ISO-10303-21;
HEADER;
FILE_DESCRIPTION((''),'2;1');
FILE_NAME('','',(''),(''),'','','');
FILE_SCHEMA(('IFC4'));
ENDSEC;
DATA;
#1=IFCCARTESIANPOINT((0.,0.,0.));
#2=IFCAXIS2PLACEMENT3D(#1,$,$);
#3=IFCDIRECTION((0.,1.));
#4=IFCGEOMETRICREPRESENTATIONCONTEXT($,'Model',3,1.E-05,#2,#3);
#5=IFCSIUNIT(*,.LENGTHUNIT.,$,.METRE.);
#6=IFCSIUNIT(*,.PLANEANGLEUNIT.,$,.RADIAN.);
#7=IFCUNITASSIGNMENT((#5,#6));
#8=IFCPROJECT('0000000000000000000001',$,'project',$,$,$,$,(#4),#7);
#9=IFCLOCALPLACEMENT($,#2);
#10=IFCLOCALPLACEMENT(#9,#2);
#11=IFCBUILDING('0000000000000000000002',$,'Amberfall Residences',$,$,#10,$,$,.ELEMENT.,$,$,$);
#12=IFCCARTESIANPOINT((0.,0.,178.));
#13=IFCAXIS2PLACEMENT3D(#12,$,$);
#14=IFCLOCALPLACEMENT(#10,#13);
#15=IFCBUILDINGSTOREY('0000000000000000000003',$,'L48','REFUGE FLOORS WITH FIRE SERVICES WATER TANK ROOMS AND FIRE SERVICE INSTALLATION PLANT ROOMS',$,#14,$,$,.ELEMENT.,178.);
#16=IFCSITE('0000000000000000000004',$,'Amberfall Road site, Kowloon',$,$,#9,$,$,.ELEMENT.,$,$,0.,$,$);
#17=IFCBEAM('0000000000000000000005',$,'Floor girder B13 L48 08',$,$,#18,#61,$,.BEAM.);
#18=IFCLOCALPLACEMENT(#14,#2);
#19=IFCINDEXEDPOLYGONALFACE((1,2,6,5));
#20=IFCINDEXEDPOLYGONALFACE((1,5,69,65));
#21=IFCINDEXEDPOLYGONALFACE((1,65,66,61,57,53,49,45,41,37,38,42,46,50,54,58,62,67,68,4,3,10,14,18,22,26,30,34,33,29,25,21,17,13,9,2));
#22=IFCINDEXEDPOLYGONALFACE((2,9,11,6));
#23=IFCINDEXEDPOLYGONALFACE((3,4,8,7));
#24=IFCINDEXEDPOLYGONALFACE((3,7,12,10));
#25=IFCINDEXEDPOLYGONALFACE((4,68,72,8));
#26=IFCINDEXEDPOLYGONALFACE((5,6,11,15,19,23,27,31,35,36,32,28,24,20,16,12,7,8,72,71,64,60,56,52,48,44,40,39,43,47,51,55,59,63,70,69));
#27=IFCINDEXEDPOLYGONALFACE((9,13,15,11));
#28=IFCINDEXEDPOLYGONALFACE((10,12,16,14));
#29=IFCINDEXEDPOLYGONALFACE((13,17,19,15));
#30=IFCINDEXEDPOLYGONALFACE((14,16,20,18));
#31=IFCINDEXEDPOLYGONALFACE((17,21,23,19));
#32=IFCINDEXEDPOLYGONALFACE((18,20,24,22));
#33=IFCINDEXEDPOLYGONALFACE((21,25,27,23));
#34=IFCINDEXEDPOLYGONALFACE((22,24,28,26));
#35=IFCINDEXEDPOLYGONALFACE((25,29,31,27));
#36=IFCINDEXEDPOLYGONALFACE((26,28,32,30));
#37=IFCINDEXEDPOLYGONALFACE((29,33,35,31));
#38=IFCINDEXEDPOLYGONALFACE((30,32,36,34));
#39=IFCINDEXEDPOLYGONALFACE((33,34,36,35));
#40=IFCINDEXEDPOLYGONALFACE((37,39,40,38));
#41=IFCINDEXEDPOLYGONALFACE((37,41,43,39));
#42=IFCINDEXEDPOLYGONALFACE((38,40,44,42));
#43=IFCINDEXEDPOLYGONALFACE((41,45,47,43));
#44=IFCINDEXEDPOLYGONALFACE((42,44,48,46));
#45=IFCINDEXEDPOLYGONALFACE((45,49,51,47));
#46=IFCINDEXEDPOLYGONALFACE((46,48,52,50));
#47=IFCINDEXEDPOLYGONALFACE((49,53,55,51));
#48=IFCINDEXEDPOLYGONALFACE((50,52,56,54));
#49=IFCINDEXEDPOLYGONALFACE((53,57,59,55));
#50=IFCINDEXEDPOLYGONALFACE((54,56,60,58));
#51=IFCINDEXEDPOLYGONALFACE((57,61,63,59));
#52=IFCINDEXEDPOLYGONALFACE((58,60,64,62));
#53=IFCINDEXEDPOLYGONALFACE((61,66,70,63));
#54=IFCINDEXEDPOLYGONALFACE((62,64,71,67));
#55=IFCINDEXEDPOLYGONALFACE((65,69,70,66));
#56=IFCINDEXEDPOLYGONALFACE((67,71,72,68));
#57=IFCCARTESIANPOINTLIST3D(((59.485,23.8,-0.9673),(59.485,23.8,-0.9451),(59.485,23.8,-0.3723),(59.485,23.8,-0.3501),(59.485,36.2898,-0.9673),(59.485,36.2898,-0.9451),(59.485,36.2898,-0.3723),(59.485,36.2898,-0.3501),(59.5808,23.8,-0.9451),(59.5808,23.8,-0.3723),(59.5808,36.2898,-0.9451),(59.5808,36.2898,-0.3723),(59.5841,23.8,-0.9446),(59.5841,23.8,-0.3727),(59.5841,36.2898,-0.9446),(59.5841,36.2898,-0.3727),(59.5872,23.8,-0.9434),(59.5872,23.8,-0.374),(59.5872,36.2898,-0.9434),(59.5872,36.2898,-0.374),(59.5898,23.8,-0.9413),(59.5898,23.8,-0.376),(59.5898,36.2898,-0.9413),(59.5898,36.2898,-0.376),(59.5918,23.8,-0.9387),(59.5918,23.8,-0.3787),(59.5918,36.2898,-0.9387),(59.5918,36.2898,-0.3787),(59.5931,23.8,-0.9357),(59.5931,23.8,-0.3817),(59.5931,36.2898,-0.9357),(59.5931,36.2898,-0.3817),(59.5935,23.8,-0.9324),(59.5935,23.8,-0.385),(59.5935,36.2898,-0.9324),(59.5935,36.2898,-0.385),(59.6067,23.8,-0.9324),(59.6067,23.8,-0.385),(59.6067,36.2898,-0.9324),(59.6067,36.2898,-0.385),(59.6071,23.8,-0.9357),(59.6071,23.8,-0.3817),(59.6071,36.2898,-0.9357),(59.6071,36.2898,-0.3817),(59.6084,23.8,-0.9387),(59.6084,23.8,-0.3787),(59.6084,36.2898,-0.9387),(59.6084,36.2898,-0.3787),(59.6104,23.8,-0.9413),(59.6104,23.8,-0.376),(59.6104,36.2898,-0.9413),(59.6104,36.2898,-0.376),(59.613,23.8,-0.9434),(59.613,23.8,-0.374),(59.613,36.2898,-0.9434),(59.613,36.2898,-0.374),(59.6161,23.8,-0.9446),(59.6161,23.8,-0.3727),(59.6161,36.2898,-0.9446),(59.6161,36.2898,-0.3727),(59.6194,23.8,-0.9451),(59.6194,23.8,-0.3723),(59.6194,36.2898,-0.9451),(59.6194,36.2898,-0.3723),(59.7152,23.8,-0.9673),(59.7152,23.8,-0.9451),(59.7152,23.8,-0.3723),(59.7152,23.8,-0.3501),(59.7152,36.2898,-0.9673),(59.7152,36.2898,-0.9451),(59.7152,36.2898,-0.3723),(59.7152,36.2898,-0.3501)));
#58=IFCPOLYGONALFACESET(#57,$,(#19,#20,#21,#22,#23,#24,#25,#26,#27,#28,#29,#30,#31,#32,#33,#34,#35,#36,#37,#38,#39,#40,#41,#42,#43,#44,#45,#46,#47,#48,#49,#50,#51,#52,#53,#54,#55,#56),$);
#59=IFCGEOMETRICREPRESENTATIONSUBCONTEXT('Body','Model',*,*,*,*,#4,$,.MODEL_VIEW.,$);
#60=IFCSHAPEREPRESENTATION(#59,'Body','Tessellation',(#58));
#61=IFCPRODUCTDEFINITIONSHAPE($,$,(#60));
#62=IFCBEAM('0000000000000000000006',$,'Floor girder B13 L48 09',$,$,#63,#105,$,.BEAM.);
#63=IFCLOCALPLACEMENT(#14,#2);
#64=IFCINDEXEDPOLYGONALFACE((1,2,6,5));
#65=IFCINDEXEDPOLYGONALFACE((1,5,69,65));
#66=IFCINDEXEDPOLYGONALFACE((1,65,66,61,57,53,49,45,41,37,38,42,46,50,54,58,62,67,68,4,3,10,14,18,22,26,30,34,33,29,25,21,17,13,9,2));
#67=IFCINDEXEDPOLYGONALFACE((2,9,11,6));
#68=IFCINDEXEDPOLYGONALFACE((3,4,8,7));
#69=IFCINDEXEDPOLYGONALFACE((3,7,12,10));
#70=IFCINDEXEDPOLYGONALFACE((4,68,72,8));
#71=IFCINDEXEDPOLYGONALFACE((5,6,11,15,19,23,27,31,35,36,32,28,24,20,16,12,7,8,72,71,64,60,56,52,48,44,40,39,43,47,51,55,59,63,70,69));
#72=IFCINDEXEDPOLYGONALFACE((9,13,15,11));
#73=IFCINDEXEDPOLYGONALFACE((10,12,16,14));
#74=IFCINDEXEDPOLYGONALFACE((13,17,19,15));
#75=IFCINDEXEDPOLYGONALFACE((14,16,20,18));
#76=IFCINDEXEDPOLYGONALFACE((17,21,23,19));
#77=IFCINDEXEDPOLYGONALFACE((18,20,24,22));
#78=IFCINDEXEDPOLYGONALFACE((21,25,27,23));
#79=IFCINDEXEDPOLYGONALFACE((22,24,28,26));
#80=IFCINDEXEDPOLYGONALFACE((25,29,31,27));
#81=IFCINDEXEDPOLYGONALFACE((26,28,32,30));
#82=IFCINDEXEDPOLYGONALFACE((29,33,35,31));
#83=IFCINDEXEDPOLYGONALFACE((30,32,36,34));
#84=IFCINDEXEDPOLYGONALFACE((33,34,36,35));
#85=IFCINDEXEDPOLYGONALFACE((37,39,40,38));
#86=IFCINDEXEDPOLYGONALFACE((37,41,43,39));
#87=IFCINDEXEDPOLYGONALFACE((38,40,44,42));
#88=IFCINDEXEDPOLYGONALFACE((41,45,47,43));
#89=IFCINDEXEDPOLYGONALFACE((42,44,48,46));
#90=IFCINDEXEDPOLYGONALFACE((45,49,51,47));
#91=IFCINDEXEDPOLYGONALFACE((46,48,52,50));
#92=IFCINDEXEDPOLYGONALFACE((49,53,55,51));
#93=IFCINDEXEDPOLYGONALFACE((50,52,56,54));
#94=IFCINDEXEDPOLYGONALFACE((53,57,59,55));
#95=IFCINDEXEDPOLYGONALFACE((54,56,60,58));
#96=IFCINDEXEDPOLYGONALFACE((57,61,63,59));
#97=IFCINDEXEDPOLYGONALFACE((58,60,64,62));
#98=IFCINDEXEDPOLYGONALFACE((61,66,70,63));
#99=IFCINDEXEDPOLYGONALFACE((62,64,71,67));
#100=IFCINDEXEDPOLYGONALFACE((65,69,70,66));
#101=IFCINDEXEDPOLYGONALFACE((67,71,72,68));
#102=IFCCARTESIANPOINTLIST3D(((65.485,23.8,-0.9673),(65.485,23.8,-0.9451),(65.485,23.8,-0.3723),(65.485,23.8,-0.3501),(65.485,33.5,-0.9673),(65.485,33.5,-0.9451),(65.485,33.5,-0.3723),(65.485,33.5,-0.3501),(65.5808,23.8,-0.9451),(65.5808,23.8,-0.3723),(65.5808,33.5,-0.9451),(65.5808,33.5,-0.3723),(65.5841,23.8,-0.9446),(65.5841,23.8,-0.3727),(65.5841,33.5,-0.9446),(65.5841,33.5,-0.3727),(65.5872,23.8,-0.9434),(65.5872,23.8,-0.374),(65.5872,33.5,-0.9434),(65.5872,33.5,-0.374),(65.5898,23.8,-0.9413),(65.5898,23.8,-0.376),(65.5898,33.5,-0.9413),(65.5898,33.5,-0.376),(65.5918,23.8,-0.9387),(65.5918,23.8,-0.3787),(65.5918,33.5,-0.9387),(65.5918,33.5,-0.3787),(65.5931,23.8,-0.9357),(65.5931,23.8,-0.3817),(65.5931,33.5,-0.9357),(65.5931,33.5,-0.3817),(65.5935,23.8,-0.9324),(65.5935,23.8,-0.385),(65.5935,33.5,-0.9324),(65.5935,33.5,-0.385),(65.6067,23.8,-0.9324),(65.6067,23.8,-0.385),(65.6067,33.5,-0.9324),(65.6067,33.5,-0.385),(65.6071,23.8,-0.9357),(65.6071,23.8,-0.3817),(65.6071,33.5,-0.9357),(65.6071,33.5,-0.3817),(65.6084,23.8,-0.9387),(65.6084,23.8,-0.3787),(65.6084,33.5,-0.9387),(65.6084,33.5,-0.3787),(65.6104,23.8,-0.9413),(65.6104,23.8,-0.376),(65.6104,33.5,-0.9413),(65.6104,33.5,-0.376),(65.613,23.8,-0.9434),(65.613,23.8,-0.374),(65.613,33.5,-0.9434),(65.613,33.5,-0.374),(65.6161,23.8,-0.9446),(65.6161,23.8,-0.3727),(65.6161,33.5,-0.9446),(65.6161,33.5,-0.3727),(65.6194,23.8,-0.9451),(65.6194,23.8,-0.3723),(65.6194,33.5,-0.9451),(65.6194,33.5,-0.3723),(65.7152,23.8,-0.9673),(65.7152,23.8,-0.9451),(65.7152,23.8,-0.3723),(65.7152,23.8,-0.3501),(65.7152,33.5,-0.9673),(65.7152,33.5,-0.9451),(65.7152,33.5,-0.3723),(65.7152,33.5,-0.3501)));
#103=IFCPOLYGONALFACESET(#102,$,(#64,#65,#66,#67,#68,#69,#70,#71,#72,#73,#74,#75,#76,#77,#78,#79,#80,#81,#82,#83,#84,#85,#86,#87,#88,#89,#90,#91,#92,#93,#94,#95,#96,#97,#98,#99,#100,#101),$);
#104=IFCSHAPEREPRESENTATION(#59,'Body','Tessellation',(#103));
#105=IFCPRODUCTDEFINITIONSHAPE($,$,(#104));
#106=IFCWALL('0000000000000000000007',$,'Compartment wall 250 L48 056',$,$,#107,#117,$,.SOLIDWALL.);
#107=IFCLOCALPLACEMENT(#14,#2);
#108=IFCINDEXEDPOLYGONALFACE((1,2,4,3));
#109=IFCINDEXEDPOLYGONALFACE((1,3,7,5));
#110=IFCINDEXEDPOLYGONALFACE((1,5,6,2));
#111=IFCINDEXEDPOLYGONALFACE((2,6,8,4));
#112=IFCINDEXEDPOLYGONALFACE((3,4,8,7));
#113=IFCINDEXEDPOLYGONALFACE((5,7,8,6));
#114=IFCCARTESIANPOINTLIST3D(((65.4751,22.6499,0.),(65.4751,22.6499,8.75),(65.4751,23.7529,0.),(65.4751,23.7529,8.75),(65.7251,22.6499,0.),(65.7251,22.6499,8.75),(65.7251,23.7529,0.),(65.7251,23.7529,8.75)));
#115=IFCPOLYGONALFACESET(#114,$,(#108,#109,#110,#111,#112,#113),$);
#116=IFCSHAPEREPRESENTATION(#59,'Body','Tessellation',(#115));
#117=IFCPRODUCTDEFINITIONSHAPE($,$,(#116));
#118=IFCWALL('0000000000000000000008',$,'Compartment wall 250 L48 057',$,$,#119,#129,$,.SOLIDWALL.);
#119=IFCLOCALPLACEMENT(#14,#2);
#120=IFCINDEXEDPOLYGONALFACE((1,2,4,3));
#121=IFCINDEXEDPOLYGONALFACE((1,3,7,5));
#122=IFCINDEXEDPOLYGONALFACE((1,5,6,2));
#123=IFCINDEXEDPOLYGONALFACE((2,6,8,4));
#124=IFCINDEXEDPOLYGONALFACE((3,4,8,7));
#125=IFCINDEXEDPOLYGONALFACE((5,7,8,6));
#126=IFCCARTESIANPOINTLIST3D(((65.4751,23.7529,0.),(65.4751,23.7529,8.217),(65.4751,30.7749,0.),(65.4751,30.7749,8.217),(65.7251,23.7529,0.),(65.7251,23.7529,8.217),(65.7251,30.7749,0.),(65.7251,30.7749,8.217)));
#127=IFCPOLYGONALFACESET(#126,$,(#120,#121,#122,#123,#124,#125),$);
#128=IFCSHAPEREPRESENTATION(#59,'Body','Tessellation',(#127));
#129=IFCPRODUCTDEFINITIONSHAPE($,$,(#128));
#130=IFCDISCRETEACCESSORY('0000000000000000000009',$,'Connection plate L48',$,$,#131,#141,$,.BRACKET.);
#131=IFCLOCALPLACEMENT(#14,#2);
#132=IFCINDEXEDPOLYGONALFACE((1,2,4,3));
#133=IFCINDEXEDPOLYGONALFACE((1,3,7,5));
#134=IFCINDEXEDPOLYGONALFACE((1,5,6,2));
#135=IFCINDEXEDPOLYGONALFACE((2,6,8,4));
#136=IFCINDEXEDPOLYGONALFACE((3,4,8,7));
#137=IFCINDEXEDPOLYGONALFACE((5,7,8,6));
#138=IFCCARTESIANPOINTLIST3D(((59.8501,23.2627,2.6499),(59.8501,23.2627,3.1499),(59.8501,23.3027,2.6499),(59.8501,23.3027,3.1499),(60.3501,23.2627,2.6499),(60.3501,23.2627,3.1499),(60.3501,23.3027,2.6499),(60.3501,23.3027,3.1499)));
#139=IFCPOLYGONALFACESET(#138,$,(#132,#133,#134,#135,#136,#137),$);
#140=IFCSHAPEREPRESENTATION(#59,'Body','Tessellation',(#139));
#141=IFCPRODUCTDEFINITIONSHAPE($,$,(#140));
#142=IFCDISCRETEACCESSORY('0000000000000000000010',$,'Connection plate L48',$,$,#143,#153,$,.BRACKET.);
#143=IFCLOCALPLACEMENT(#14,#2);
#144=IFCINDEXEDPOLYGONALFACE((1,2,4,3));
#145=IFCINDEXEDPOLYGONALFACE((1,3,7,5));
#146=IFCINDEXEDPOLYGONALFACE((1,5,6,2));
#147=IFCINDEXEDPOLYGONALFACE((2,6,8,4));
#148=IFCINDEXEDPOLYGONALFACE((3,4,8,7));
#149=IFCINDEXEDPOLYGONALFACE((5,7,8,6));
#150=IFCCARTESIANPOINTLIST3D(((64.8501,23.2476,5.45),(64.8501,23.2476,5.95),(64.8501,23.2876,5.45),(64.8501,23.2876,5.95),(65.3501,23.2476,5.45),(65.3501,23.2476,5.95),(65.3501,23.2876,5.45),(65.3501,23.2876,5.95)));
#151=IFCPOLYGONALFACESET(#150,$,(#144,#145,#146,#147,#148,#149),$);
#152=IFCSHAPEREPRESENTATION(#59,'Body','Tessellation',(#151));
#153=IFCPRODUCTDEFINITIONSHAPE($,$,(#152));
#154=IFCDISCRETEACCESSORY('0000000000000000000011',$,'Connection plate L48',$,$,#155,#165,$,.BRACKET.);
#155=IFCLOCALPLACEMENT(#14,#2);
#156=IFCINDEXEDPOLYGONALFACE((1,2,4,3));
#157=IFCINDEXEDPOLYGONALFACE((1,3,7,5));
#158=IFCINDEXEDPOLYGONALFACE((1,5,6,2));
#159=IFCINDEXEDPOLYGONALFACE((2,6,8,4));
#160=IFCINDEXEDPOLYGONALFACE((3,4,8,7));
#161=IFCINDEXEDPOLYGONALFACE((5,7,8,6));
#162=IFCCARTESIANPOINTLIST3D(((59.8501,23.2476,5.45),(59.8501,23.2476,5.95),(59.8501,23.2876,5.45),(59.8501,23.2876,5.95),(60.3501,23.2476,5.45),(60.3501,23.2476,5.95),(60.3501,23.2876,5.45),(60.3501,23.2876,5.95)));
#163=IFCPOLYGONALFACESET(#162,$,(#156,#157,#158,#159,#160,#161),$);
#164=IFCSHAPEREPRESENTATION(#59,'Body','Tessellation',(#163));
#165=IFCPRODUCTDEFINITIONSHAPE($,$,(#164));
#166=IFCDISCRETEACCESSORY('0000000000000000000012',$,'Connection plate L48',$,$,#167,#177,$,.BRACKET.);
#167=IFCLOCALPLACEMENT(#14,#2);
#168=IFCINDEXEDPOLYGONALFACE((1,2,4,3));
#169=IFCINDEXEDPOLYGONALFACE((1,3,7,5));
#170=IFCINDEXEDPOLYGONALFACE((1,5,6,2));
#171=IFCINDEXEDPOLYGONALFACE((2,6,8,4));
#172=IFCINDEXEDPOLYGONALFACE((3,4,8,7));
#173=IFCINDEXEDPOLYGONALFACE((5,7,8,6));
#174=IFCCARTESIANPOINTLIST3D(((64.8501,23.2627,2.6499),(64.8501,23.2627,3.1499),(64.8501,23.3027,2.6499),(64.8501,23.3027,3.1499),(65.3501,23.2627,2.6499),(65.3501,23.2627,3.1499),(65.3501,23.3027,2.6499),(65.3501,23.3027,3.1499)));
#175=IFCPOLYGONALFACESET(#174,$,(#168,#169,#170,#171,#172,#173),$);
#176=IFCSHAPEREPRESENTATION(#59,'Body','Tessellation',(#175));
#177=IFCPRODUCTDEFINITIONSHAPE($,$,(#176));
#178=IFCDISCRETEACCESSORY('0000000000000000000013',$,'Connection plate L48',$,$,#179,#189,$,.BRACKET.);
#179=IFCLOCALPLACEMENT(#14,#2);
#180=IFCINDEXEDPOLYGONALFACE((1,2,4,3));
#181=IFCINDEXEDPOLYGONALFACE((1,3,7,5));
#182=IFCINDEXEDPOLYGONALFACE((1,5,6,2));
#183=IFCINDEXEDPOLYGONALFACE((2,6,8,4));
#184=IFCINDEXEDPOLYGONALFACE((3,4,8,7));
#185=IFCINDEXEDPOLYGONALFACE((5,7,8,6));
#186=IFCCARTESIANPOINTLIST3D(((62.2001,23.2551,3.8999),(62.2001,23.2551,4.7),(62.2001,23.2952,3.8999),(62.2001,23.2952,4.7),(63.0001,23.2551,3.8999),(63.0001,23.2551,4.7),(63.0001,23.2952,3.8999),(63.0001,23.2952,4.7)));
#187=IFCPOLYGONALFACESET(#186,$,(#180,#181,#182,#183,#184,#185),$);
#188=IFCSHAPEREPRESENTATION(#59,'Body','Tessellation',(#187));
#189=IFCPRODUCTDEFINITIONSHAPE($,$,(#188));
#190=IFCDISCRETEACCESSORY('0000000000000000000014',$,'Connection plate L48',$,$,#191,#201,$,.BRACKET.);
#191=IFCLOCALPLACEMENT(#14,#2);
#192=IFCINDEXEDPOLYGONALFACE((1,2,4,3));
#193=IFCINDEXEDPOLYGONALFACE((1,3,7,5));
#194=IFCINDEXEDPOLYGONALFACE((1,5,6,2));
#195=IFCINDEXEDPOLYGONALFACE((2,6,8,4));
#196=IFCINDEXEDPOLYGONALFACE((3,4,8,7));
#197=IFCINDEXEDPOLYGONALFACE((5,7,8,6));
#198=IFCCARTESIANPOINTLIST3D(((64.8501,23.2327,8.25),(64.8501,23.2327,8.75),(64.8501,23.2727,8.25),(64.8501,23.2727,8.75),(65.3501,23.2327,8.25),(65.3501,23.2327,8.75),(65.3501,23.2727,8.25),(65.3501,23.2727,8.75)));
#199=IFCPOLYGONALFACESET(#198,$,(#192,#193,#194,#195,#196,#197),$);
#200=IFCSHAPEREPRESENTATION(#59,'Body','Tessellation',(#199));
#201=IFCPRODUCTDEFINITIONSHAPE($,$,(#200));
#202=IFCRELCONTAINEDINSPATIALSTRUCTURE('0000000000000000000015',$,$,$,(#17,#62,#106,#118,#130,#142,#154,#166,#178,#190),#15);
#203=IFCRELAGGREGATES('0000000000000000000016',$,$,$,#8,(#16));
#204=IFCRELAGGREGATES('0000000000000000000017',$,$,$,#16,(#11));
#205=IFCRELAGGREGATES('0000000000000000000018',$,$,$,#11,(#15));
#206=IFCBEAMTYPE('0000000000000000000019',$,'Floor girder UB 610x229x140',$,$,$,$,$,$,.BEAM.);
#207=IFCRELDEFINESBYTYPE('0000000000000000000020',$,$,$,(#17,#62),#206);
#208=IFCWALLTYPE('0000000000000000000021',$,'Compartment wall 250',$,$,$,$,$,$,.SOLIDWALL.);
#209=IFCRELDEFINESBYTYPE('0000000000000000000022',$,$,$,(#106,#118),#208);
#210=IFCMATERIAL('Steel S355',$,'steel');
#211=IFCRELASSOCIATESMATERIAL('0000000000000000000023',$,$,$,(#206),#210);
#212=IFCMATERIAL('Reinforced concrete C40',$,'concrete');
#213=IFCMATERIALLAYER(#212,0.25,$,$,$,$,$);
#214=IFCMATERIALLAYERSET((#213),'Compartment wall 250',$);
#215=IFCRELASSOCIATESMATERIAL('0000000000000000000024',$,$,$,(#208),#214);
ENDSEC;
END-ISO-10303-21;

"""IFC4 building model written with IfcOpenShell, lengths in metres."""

from ifc_helpers import new_model, si_unit, direction, frame, frame_2d, origin, origin_2d, place, context, subcontext, project, spatial, rectangle, i_section, extrude, material, layer, layer_set, material_profile, profile_set, type_object, element, save


model = new_model("IFC4")

# Units and contexts
model_context = context("Model", 3, precision=1e-05, world=origin(), true_north=direction((0.0, 1.0)))
body_context = subcontext(model_context, "Body", "Model", "MODEL_VIEW")
ifc_project = project(units=[si_unit("LENGTHUNIT", "METRE"), si_unit("PLANEANGLEUNIT", "RADIAN")], contexts=[model_context])

# Site, building, storey
site_placement = place(None, origin())
site = spatial("IfcSite", under=ifc_project, at=site_placement, Name="Amberfall Road site, Kowloon", CompositionType="ELEMENT", RefElevation=0.0)
building_placement = place(site_placement, origin())
building = spatial("IfcBuilding", under=site, at=building_placement, Name="Amberfall Residences", CompositionType="ELEMENT")
storey_placement = place(building_placement, frame((0.0, 0.0, 178.0)))
storey = spatial("IfcBuildingStorey", under=building, at=storey_placement, Name="L48", Description="REFUGE FLOORS WITH FIRE SERVICES WATER TANK ROOMS AND FIRE SERVICE INSTALLATION PLANT ROOMS", CompositionType="ELEMENT", Elevation=178.0)

# Shared definitions
ifc_material_1 = material(Name="Steel S355", Category="steel")

# Beams
ifc_material_profile_1 = material_profile(ifc_material_1, i_section(OverallWidth=0.2302, OverallDepth=0.6172, WebThickness=0.0132, FlangeThickness=0.0222, FilletRadius=0.0127, at=origin_2d()), Name="UB 610x229x140")
ifc_profile_set_1 = profile_set([ifc_material_profile_1], Name="Steel S355")
beam_type_1 = type_object("IfcBeamType", Name="Floor girder UB 610x229x140", PredefinedType="BEAM", material=ifc_profile_set_1)
beam_1_placement = place(storey_placement, frame((59.6001, 23.8, -0.6587), z_axis=(0.0, 1.0, 0.0), x_axis=(-1.0, 0.0, 0.0)))
element("IfcBeam", 1, at=beam_1_placement, inside=storey, type_object=beam_type_1, Name="Floor girder B13 L48 08", PredefinedType="BEAM", context=body_context, shape_type="SweptSolid", body=[
    extrude(i_section(OverallWidth=0.2302, OverallDepth=0.6172, WebThickness=0.0132, FlangeThickness=0.0222, FilletRadius=0.0127, at=origin_2d()), origin(), (0.0, 0.0, 1.0), 12.4897),
])
beam_2_placement = place(storey_placement, frame((65.6001, 23.8, -0.6587), z_axis=(0.0, 1.0, 0.0), x_axis=(-1.0, 0.0, 0.0)))
element("IfcBeam", 2, at=beam_2_placement, inside=storey, type_object=beam_type_1, Name="Floor girder B13 L48 09", PredefinedType="BEAM", context=body_context, shape_type="SweptSolid", body=[
    extrude(i_section(OverallWidth=0.2302, OverallDepth=0.6172, WebThickness=0.0132, FlangeThickness=0.0222, FilletRadius=0.0127, at=origin_2d()), origin(), (0.0, 0.0, 1.0), 9.7),
])

# Walls
ifc_material_2 = material(Name="Reinforced concrete C40", Category="concrete")
ifc_layer = layer(ifc_material_2, 0.25)
ifc_layer_set = layer_set([ifc_layer], Name="Compartment wall 250")
wall_type = type_object("IfcWallType", Name="Compartment wall 250", PredefinedType="SOLIDWALL", material=ifc_layer_set)
wall_1_placement = place(storey_placement, frame((65.6001, 22.6499, 0.0), z_axis=(0.0, 0.0, 1.0), x_axis=(0.0, 1.0, 0.0)))
element("IfcWall", 3, at=wall_1_placement, inside=storey, type_object=wall_type, Name="Compartment wall 250 L48 056", PredefinedType="SOLIDWALL", context=body_context, shape_type="SweptSolid", body=[
    extrude(rectangle(XDim=1.103, YDim=0.25, at=frame_2d((0.5515, 0.0))), origin(), (0.0, 0.0, 1.0), 8.75),
])
wall_2_placement = place(storey_placement, frame((65.6001, 23.7529, 0.0), z_axis=(0.0, 0.0, 1.0), x_axis=(0.0, 1.0, 0.0)))
element("IfcWall", 4, at=wall_2_placement, inside=storey, type_object=wall_type, Name="Compartment wall 250 L48 057", PredefinedType="SOLIDWALL", context=body_context, shape_type="SweptSolid", body=[
    extrude(rectangle(XDim=7.022, YDim=0.25, at=frame_2d((3.511, 0.0))), origin(), (0.0, 0.0, 1.0), 8.217),
])

# Discrete accessories
for number, where, z_axis, x_axis, name in (
    (5, (60.1001, 23.2827, 2.6499), (0.0, 0.0, 1.0), (1.0, 0.0, 0.0), "Connection plate L48"),
    (6, (65.1001, 23.2676, 5.45), (0.0, 0.0, 1.0), (1.0, 0.0, 0.0), "Connection plate L48"),
    (7, (60.1001, 23.2676, 5.45), (0.0, 0.0, 1.0), (1.0, 0.0, 0.0), "Connection plate L48"),
    (8, (65.1001, 23.2827, 2.6499), (0.0, 0.0, 1.0), (1.0, 0.0, 0.0), "Connection plate L48"),
):
    element("IfcDiscreteAccessory", number, at=place(storey_placement, frame(where, z_axis=z_axis, x_axis=x_axis)), inside=storey, Name=name, PredefinedType="BRACKET", context=body_context, shape_type="SweptSolid", body=[
        extrude(rectangle(XDim=0.5, YDim=0.04, at=origin_2d()), origin(), (0.0, 0.0, 1.0), 0.5),
    ])
discrete_accessory_1_placement = place(storey_placement, frame((62.6001, 23.2751, 3.8999), z_axis=(0.0, 0.0, 1.0), x_axis=(1.0, 0.0, 0.0)))
element("IfcDiscreteAccessory", 9, at=discrete_accessory_1_placement, inside=storey, Name="Connection plate L48", PredefinedType="BRACKET", context=body_context, shape_type="SweptSolid", body=[
    extrude(rectangle(XDim=0.8, YDim=0.04, at=origin_2d()), origin(), (0.0, 0.0, 1.0), 0.8),
])
for number, where, z_axis, x_axis, name in (
    (10, (65.1001, 23.2527, 8.25), (0.0, 0.0, 1.0), (1.0, 0.0, 0.0), "Connection plate L48"),
):
    element("IfcDiscreteAccessory", number, at=place(storey_placement, frame(where, z_axis=z_axis, x_axis=x_axis)), inside=storey, Name=name, PredefinedType="BRACKET", context=body_context, shape_type="SweptSolid", body=[
        extrude(rectangle(XDim=0.5, YDim=0.04, at=origin_2d()), origin(), (0.0, 0.0, 1.0), 0.5),
    ])

save(model, "model.ifc")
